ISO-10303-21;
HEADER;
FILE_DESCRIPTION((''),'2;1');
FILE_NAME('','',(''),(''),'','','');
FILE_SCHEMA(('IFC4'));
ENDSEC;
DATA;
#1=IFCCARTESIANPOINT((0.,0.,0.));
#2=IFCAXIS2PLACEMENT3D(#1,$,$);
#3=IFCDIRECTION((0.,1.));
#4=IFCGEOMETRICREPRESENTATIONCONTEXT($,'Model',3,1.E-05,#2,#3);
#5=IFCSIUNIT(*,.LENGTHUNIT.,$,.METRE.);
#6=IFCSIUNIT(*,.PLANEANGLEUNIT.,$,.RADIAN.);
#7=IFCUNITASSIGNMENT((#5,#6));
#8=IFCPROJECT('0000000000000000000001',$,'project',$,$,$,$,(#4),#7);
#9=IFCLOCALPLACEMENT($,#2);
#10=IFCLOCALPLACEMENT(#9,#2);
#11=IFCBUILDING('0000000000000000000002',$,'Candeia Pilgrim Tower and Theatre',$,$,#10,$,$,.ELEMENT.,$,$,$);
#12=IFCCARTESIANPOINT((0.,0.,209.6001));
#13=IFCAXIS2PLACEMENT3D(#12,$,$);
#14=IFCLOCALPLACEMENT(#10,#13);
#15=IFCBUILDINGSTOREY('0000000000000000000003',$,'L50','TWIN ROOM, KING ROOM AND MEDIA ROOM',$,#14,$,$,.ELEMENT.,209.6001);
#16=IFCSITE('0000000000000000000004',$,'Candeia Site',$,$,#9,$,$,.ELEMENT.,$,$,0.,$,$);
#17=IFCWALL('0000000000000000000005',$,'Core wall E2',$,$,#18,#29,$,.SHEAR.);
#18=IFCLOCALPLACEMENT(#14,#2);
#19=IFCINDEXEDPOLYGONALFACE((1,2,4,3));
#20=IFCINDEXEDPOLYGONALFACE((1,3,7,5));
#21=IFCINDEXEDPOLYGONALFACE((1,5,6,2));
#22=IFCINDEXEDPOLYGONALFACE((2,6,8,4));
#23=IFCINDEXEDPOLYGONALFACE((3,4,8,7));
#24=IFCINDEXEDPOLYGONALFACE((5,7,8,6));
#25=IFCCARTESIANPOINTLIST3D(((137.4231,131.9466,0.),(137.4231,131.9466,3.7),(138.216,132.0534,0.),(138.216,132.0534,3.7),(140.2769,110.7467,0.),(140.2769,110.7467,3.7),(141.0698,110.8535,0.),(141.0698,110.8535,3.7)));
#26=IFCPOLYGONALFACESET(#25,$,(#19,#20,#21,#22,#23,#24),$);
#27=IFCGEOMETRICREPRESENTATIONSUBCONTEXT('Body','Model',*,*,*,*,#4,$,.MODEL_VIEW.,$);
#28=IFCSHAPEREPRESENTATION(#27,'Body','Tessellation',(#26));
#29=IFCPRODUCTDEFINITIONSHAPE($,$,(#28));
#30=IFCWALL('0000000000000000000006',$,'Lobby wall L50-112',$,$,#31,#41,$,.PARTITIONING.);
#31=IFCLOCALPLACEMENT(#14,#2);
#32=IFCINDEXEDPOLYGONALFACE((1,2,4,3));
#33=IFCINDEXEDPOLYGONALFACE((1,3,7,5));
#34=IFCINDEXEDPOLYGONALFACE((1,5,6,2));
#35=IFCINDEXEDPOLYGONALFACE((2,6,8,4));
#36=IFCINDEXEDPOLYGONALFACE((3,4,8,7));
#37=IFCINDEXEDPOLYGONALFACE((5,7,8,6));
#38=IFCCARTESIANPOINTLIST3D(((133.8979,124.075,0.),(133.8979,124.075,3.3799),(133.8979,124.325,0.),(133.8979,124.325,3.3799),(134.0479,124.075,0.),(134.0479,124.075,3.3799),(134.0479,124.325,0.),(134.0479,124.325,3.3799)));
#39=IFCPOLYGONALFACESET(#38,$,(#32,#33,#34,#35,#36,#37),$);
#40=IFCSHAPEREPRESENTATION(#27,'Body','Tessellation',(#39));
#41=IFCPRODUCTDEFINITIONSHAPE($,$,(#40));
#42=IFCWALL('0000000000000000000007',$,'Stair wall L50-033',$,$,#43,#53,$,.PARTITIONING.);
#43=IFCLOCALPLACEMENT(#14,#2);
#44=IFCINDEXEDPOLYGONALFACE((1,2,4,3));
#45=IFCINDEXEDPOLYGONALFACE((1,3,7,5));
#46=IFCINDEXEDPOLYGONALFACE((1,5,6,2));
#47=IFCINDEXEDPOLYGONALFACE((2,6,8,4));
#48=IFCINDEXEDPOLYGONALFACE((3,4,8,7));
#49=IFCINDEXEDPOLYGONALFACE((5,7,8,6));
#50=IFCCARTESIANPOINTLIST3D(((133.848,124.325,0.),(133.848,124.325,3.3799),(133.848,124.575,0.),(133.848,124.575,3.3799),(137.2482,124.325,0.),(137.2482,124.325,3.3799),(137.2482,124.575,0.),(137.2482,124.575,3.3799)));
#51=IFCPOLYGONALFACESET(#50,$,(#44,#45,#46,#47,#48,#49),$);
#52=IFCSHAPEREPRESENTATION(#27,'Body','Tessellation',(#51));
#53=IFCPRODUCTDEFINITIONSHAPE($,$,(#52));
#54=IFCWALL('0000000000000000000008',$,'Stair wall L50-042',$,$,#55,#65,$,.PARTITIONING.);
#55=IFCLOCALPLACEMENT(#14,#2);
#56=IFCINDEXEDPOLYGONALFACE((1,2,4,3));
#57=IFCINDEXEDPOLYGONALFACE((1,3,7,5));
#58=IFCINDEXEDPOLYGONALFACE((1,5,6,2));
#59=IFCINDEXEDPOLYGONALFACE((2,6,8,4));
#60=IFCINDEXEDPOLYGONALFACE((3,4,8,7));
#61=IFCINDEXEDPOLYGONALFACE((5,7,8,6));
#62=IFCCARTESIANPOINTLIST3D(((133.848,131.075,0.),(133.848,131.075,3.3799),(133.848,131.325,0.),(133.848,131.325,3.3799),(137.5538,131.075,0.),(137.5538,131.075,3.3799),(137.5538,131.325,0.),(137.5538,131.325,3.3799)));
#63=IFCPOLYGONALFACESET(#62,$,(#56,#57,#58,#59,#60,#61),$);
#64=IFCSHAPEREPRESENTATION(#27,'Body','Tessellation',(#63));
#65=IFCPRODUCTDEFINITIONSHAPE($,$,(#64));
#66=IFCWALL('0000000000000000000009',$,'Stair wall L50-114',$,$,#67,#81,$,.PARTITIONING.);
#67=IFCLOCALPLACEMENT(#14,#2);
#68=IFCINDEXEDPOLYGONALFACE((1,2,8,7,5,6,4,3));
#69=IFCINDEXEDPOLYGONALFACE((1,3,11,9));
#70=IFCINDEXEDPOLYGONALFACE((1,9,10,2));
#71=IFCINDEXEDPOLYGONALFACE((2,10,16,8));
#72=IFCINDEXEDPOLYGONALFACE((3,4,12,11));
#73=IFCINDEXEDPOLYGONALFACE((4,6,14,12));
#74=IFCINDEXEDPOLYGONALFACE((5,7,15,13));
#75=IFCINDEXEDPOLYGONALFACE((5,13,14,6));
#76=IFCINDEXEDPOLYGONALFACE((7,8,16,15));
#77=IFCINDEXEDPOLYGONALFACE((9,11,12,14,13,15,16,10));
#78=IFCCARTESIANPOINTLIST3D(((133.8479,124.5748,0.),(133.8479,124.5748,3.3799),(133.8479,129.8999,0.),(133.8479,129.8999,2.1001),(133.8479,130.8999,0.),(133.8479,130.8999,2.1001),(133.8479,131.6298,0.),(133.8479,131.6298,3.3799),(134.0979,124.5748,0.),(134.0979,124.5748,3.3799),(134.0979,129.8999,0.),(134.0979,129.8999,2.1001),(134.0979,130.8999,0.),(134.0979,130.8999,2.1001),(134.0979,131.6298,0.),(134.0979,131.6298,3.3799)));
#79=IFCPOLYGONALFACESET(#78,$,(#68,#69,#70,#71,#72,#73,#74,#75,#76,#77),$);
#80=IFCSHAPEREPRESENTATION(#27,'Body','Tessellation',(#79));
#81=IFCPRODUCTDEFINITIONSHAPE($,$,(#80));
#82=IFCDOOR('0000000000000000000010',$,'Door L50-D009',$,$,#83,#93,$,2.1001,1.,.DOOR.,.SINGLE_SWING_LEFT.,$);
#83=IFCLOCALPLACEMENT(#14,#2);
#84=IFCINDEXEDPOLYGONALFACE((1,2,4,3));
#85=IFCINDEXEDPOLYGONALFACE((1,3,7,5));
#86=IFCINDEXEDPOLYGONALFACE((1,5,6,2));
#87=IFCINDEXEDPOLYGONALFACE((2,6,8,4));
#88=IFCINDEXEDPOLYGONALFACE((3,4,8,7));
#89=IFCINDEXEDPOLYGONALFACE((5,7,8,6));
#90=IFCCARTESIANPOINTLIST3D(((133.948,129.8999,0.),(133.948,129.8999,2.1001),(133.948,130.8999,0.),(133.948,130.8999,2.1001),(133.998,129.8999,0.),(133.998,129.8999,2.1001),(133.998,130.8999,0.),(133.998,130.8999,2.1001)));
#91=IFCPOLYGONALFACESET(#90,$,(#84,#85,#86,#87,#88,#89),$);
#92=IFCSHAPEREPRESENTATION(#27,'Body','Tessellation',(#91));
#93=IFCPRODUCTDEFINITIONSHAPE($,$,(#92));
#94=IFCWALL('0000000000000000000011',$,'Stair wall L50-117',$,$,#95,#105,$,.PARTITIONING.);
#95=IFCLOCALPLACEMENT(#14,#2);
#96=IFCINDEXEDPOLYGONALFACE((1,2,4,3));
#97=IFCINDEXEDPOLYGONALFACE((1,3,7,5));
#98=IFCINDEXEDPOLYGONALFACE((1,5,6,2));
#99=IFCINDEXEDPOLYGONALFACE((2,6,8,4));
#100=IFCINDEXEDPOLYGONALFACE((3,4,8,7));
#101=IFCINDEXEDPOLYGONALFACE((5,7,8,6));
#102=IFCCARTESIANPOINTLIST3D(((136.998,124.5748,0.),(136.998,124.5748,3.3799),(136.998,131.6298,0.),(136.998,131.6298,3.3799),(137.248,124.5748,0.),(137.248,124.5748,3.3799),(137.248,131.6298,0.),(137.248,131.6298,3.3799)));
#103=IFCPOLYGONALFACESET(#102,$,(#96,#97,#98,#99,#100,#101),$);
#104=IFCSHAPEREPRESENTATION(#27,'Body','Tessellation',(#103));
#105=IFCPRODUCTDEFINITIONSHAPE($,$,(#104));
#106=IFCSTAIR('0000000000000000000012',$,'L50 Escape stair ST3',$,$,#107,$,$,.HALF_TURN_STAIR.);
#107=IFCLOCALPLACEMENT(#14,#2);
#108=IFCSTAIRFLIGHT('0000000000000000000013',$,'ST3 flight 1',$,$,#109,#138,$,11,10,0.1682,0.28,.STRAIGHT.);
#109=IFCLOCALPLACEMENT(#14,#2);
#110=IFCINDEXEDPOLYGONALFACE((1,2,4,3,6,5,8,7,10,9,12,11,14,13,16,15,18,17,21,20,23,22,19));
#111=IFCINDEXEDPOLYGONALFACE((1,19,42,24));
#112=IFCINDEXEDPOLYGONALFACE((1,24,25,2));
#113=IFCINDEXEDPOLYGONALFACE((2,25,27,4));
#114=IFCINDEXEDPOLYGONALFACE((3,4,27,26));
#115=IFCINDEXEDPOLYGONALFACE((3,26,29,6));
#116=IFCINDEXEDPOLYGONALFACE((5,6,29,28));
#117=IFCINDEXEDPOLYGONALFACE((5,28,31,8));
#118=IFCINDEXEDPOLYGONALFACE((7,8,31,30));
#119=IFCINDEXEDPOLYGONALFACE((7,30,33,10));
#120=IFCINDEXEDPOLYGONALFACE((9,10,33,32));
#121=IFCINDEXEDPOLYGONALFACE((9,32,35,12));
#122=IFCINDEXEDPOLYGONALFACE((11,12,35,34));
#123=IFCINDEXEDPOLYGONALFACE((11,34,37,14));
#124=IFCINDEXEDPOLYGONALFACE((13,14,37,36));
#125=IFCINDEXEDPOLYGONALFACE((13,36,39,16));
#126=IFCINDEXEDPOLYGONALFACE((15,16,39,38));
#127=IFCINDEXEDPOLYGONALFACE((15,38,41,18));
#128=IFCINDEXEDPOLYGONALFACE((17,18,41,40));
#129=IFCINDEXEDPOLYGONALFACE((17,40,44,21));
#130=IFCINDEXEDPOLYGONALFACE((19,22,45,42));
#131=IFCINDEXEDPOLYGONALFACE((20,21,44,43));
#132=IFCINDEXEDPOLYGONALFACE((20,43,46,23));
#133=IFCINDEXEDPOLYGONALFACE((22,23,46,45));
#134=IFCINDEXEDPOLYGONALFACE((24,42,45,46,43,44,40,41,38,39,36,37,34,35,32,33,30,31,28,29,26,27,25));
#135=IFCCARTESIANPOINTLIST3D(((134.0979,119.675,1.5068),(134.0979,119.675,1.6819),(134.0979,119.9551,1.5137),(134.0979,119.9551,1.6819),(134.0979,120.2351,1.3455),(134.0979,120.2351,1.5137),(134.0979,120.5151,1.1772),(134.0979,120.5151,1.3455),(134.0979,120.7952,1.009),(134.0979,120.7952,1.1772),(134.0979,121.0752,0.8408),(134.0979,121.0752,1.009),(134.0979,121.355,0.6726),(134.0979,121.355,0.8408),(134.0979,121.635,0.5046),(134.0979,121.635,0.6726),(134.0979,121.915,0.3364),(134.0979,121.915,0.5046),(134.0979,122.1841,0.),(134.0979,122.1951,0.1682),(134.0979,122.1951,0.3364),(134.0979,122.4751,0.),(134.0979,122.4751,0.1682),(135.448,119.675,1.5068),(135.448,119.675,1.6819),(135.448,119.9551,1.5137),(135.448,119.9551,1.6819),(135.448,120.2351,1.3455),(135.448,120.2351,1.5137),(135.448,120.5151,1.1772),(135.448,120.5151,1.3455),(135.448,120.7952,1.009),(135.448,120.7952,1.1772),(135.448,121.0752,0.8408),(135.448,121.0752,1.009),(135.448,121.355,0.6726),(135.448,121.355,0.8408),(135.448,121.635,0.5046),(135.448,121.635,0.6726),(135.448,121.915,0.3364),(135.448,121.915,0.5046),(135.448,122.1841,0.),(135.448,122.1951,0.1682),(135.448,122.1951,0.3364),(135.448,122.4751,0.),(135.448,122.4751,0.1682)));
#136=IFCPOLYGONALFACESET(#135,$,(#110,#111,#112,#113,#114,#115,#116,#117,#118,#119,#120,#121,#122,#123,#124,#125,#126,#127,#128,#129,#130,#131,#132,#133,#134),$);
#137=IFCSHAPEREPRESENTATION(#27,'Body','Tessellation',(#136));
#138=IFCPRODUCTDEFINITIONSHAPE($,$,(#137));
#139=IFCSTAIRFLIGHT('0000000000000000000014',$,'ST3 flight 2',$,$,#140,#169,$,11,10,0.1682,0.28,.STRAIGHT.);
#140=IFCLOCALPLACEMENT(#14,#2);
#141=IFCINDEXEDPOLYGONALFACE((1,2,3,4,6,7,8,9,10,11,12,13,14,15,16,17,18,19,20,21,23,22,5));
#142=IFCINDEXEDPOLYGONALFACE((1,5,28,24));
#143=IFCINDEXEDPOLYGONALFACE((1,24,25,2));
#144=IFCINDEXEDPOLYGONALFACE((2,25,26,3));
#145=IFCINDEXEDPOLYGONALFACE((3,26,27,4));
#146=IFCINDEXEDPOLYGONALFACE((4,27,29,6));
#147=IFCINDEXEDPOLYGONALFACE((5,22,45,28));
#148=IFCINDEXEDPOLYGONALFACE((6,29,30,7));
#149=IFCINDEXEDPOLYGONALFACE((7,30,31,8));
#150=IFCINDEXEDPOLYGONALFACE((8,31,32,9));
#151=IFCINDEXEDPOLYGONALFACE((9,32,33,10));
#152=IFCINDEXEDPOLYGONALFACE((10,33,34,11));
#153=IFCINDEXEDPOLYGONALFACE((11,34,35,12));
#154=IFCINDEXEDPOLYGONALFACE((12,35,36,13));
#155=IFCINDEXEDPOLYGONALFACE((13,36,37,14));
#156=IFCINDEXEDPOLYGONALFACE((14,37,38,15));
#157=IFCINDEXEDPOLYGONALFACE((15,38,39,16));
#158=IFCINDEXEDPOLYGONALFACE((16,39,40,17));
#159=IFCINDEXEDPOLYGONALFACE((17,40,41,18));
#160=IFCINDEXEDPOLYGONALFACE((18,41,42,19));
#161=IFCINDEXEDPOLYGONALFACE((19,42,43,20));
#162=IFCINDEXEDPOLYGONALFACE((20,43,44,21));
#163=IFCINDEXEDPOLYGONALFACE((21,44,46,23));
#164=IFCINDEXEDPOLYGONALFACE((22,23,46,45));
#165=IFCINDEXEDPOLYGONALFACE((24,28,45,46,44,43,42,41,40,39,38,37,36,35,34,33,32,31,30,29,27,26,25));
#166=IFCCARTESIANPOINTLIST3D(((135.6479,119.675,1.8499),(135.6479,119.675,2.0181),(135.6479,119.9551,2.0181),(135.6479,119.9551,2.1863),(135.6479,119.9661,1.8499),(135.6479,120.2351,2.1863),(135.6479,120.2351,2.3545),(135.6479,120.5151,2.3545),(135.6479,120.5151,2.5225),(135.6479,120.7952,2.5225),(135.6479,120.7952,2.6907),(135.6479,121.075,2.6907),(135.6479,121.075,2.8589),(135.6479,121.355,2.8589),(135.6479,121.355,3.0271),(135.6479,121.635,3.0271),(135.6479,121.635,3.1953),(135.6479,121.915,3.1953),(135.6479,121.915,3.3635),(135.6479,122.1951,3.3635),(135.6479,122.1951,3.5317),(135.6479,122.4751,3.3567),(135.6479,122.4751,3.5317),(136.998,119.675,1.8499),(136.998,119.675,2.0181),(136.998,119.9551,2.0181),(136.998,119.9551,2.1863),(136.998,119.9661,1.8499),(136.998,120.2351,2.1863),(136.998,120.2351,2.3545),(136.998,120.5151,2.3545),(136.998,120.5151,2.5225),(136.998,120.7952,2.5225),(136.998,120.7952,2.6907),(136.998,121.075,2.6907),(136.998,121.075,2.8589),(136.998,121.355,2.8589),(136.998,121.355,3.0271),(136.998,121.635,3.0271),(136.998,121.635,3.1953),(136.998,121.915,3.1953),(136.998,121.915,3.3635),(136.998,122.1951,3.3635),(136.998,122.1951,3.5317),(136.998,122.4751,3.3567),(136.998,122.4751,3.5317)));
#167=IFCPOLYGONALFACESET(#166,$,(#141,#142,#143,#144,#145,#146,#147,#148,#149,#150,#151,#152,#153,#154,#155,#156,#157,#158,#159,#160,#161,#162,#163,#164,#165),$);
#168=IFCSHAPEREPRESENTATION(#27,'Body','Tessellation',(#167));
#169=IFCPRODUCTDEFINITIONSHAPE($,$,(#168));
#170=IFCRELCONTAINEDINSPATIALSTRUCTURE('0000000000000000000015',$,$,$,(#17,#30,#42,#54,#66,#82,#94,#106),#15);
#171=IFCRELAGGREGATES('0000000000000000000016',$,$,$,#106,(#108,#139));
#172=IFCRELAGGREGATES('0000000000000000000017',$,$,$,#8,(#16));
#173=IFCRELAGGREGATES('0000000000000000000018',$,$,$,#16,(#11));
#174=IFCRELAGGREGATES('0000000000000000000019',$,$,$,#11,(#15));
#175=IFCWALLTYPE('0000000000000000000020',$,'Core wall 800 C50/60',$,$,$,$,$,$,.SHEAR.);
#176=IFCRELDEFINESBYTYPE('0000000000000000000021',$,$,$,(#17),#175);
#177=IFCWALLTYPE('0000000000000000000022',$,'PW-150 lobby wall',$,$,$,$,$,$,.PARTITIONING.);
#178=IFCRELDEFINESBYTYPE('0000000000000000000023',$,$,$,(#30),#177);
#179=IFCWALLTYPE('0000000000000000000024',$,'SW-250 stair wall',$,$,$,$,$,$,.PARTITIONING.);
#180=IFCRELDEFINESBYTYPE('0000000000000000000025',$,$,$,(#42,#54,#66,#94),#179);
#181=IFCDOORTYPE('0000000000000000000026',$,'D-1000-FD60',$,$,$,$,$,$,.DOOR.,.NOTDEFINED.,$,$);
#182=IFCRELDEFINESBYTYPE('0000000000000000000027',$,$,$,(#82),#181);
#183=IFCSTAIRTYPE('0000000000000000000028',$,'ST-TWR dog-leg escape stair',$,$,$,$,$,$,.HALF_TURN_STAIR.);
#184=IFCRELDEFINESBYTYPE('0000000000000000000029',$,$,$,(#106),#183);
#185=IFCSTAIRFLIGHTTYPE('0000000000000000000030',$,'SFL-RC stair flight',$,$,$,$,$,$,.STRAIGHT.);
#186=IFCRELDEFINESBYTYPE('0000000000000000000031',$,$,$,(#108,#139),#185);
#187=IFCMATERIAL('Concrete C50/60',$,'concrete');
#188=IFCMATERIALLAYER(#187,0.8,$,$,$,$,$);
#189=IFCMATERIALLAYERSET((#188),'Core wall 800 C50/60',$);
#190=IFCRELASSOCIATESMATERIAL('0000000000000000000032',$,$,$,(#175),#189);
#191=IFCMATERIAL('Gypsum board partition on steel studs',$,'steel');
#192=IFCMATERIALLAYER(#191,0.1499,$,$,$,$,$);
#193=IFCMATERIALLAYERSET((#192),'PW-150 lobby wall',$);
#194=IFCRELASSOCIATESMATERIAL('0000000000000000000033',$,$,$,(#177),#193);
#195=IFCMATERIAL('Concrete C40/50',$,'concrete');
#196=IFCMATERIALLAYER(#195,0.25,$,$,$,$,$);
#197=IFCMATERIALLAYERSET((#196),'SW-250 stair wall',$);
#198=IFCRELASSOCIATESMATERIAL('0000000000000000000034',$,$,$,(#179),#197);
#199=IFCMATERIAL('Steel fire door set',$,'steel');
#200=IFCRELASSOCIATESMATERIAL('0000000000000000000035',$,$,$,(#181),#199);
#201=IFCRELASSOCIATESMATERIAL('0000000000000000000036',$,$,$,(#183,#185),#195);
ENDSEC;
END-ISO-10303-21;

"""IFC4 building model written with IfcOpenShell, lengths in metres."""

from ifc_helpers import new_model, si_unit, direction, frame, frame_2d, origin, place, context, subcontext, project, spatial, polyline, rectangle, outline, extrude, material, layer, layer_set, type_object, element, fill, aggregate, save


model = new_model("IFC4")

# Units and contexts
model_context = context("Model", 3, precision=1e-05, world=origin(), true_north=direction((0.0, 1.0)))
body_context = subcontext(model_context, "Body", "Model", "MODEL_VIEW")
ifc_project = project(units=[si_unit("LENGTHUNIT", "METRE"), si_unit("PLANEANGLEUNIT", "RADIAN")], contexts=[model_context])

# Site, building, storey
site_placement = place(None, origin())
site = spatial("IfcSite", under=ifc_project, at=site_placement, Name="Candeia Site", CompositionType="ELEMENT", RefElevation=0.0)
building_placement = place(site_placement, origin())
building = spatial("IfcBuilding", under=site, at=building_placement, Name="Candeia Pilgrim Tower and Theatre", CompositionType="ELEMENT")
storey_placement = place(building_placement, frame((0.0, 0.0, 209.6001)))
storey = spatial("IfcBuildingStorey", under=building, at=storey_placement, Name="L50", Description="TWIN ROOM, KING ROOM AND MEDIA ROOM", CompositionType="ELEMENT", Elevation=209.6001)

# Walls
ifc_material_1 = material(Name="Concrete C50/60", Category="concrete")
ifc_layer_1 = layer(ifc_material_1, 0.8)
ifc_layer_set_1 = layer_set([ifc_layer_1], Name="Core wall 800 C50/60")
wall_type_1 = type_object("IfcWallType", Name="Core wall 800 C50/60", PredefinedType="SHEAR", material=ifc_layer_set_1)
wall_1_placement = place(storey_placement, frame((137.8196, 132.0, 0.0), z_axis=(0.0, 0.0, 1.0), x_axis=(0.133408, -0.991061, 0.0)))
element("IfcWall", 1, at=wall_1_placement, inside=storey, type_object=wall_type_1, Name="Core wall E2", PredefinedType="SHEAR", context=body_context, shape_type="SweptSolid", body=[
    extrude(rectangle(XDim=21.3911, YDim=0.8, at=frame_2d((10.6956, 0.0))), origin(), (0.0, 0.0, 1.0), 3.7),
])
ifc_material_2 = material(Name="Gypsum board partition on steel studs", Category="steel")
ifc_layer_2 = layer(ifc_material_2, 0.1499)
ifc_layer_set_2 = layer_set([ifc_layer_2], Name="PW-150 lobby wall")
wall_type_2 = type_object("IfcWallType", Name="PW-150 lobby wall", PredefinedType="PARTITIONING", material=ifc_layer_set_2)
wall_2_placement = place(storey_placement, frame((133.9729, 124.075, 0.0), z_axis=(0.0, 0.0, 1.0), x_axis=(0.0, 1.0, 0.0)))
element("IfcWall", 2, at=wall_2_placement, inside=storey, type_object=wall_type_2, Name="Lobby wall L50-112", PredefinedType="PARTITIONING", context=body_context, shape_type="SweptSolid", body=[
    extrude(rectangle(XDim=0.25, YDim=0.1499, at=frame_2d((0.125, 0.0))), origin(), (0.0, 0.0, 1.0), 3.3799),
])
ifc_material_3 = material(Name="Concrete C40/50", Category="concrete")
ifc_layer_3 = layer(ifc_material_3, 0.25)
ifc_layer_set_3 = layer_set([ifc_layer_3], Name="SW-250 stair wall")
wall_type_3 = type_object("IfcWallType", Name="SW-250 stair wall", PredefinedType="PARTITIONING", material=ifc_layer_set_3)
wall_3_placement = place(storey_placement, frame((133.8479, 124.45, 0.0), z_axis=(0.0, 0.0, 1.0), x_axis=(1.0, 0.0, 0.0)))
element("IfcWall", 3, at=wall_3_placement, inside=storey, type_object=wall_type_3, Name="Stair wall L50-033", PredefinedType="PARTITIONING", context=body_context, shape_type="SweptSolid", body=[
    extrude(rectangle(XDim=3.4001, YDim=0.25, at=frame_2d((1.7002, 0.0))), origin(), (0.0, 0.0, 1.0), 3.3799),
])
wall_4_placement = place(storey_placement, frame((133.8479, 131.2, 0.0), z_axis=(0.0, 0.0, 1.0), x_axis=(1.0, 0.0, 0.0)))
element("IfcWall", 4, at=wall_4_placement, inside=storey, type_object=wall_type_3, Name="Stair wall L50-042", PredefinedType="PARTITIONING", context=body_context, shape_type="SweptSolid", body=[
    extrude(rectangle(XDim=3.7058, YDim=0.25, at=frame_2d((1.853, 0.0))), origin(), (0.0, 0.0, 1.0), 3.3799),
])

# Wall, opening, door
wall_5_placement = place(storey_placement, frame((133.9729, 124.575, 0.0), z_axis=(0.0, 0.0, 1.0), x_axis=(0.0, 1.0, 0.0)))
wall_5 = element("IfcWall", 5, at=wall_5_placement, inside=storey, type_object=wall_type_3, Name="Stair wall L50-114", PredefinedType="PARTITIONING", context=body_context, shape_type="SweptSolid", body=[
    extrude(rectangle(XDim=7.0549, YDim=0.25, at=frame_2d((3.5273, 0.0))), origin(), (0.0, 0.0, 1.0), 3.3799),
])
opening_placement = place(wall_5_placement, frame((5.325, 0.0, 0.0)))
opening = element("IfcOpeningElement", 6, at=opening_placement, cuts=wall_5, PredefinedType="OPENING", context=body_context, shape_type="SweptSolid", body=[
    extrude(rectangle(XDim=1.0, YDim=2.1001, at=frame_2d((0.5, 1.05))), frame((0.0, 0.135, 0.0), z_axis=(0.0, -1.0, 0.0), x_axis=(1.0, 0.0, 0.0)), (0.0, 0.0, 1.0), 0.27),
])
ifc_material_4 = material(Name="Steel fire door set", Category="steel")
door_type = type_object("IfcDoorType", Name="D-1000-FD60", OperationType="NOTDEFINED", PredefinedType="DOOR", material=ifc_material_4)
door_placement = place(opening_placement, origin())
door = element("IfcDoor", 7, at=door_placement, inside=storey, type_object=door_type, Name="Door L50-D009", OperationType="SINGLE_SWING_LEFT", OverallHeight=2.1001, OverallWidth=1.0, PredefinedType="DOOR", context=body_context, shape_type="SweptSolid", body=[
    extrude(rectangle(XDim=1.0, YDim=2.1001, at=frame_2d((0.5, 1.05))), frame((0.0, 0.0249, 0.0), z_axis=(0.0, -1.0, 0.0), x_axis=(1.0, 0.0, 0.0)), (0.0, 0.0, 1.0), 0.05),
])
fill(opening, door)

# Wall
wall_6_placement = place(storey_placement, frame((137.123, 124.575, 0.0), z_axis=(0.0, 0.0, 1.0), x_axis=(0.0, 1.0, 0.0)))
element("IfcWall", 8, at=wall_6_placement, inside=storey, type_object=wall_type_3, Name="Stair wall L50-117", PredefinedType="PARTITIONING", context=body_context, shape_type="SweptSolid", body=[
    extrude(rectangle(XDim=7.0549, YDim=0.25, at=frame_2d((3.5273, 0.0))), origin(), (0.0, 0.0, 1.0), 3.3799),
])

# Stair, stair flights
stair_type = type_object("IfcStairType", Name="ST-TWR dog-leg escape stair", PredefinedType="HALF_TURN_STAIR", material=ifc_material_3)
stair_1_placement = place(storey_placement, origin())
stair_1 = element("IfcStair", 9, at=stair_1_placement, inside=storey, type_object=stair_type, Name="L50 Escape stair ST3", PredefinedType="HALF_TURN_STAIR")
stair_flight_type = type_object("IfcStairFlightType", Name="SFL-RC stair flight", PredefinedType="STRAIGHT", material=ifc_material_3)
stair_flight_1_placement = place(storey_placement, frame((134.7729, 122.4751, 0.0), z_axis=(0.0, 0.0, 1.0), x_axis=(0.0, -1.0, 0.0)))
stair_flight_1 = element("IfcStairFlight", 10, at=stair_flight_1_placement, type_object=stair_flight_type, Name="ST3 flight 1", NumberOfRisers=11, NumberOfTreads=10, PredefinedType="STRAIGHT", RiserHeight=0.1682, TreadLength=0.28, context=body_context, shape_type="SweptSolid", body=[
    extrude(outline(polyline([(0.0, 0.0), (0.0, 0.1682), (0.28, 0.1682), (0.28, 0.3364), (0.5601, 0.3364), (0.5601, 0.5046), (0.8401, 0.5046), (0.8401, 0.6726), (1.1201, 0.6726), (1.1201, 0.8408), (1.3999, 0.8408), (1.3999, 1.009), (1.6799, 1.009), (1.6799, 1.1772), (1.96, 1.1772), (1.96, 1.3455), (2.24, 1.3455), (2.24, 1.5137), (2.52, 1.5137), (2.52, 1.6819), (2.8, 1.6819), (2.8, 1.8501), (2.8, 1.5068), (0.291, 0.0), (0.0, 0.0)])), frame((0.0, 0.675, 0.0), z_axis=(0.0, -1.0, 0.0), x_axis=(1.0, 0.0, 0.0)), (0.0, 0.0, 1.0), 1.3501),
])
stair_flight_2_placement = place(storey_placement, frame((136.323, 119.675, 1.8499), z_axis=(0.0, 0.0, 1.0), x_axis=(0.0, 1.0, 0.0)))
stair_flight_2 = element("IfcStairFlight", 11, at=stair_flight_2_placement, type_object=stair_flight_type, Name="ST3 flight 2", NumberOfRisers=11, NumberOfTreads=10, PredefinedType="STRAIGHT", RiserHeight=0.1682, TreadLength=0.28, context=body_context, shape_type="SweptSolid", body=[
    extrude(outline(polyline([(0.0, 0.0), (0.0, 0.1682), (0.28, 0.1682), (0.28, 0.3364), (0.5601, 0.3364), (0.5601, 0.5046), (0.8401, 0.5046), (0.8401, 0.6726), (1.1201, 0.6726), (1.1201, 0.8408), (1.3999, 0.8408), (1.3999, 1.009), (1.6799, 1.009), (1.6799, 1.1772), (1.96, 1.1772), (1.96, 1.3455), (2.24, 1.3455), (2.24, 1.5137), (2.52, 1.5137), (2.52, 1.6819), (2.8, 1.6819), (2.8, 1.8501), (2.8, 1.5068), (0.291, 0.0), (0.0, 0.0)])), frame((0.0, 0.675, 0.0), z_axis=(0.0, -1.0, 0.0), x_axis=(1.0, 0.0, 0.0)), (0.0, 0.0, 1.0), 1.3501),
])
aggregate(stair_1, [stair_flight_1, stair_flight_2])

save(model, "model.ifc")
